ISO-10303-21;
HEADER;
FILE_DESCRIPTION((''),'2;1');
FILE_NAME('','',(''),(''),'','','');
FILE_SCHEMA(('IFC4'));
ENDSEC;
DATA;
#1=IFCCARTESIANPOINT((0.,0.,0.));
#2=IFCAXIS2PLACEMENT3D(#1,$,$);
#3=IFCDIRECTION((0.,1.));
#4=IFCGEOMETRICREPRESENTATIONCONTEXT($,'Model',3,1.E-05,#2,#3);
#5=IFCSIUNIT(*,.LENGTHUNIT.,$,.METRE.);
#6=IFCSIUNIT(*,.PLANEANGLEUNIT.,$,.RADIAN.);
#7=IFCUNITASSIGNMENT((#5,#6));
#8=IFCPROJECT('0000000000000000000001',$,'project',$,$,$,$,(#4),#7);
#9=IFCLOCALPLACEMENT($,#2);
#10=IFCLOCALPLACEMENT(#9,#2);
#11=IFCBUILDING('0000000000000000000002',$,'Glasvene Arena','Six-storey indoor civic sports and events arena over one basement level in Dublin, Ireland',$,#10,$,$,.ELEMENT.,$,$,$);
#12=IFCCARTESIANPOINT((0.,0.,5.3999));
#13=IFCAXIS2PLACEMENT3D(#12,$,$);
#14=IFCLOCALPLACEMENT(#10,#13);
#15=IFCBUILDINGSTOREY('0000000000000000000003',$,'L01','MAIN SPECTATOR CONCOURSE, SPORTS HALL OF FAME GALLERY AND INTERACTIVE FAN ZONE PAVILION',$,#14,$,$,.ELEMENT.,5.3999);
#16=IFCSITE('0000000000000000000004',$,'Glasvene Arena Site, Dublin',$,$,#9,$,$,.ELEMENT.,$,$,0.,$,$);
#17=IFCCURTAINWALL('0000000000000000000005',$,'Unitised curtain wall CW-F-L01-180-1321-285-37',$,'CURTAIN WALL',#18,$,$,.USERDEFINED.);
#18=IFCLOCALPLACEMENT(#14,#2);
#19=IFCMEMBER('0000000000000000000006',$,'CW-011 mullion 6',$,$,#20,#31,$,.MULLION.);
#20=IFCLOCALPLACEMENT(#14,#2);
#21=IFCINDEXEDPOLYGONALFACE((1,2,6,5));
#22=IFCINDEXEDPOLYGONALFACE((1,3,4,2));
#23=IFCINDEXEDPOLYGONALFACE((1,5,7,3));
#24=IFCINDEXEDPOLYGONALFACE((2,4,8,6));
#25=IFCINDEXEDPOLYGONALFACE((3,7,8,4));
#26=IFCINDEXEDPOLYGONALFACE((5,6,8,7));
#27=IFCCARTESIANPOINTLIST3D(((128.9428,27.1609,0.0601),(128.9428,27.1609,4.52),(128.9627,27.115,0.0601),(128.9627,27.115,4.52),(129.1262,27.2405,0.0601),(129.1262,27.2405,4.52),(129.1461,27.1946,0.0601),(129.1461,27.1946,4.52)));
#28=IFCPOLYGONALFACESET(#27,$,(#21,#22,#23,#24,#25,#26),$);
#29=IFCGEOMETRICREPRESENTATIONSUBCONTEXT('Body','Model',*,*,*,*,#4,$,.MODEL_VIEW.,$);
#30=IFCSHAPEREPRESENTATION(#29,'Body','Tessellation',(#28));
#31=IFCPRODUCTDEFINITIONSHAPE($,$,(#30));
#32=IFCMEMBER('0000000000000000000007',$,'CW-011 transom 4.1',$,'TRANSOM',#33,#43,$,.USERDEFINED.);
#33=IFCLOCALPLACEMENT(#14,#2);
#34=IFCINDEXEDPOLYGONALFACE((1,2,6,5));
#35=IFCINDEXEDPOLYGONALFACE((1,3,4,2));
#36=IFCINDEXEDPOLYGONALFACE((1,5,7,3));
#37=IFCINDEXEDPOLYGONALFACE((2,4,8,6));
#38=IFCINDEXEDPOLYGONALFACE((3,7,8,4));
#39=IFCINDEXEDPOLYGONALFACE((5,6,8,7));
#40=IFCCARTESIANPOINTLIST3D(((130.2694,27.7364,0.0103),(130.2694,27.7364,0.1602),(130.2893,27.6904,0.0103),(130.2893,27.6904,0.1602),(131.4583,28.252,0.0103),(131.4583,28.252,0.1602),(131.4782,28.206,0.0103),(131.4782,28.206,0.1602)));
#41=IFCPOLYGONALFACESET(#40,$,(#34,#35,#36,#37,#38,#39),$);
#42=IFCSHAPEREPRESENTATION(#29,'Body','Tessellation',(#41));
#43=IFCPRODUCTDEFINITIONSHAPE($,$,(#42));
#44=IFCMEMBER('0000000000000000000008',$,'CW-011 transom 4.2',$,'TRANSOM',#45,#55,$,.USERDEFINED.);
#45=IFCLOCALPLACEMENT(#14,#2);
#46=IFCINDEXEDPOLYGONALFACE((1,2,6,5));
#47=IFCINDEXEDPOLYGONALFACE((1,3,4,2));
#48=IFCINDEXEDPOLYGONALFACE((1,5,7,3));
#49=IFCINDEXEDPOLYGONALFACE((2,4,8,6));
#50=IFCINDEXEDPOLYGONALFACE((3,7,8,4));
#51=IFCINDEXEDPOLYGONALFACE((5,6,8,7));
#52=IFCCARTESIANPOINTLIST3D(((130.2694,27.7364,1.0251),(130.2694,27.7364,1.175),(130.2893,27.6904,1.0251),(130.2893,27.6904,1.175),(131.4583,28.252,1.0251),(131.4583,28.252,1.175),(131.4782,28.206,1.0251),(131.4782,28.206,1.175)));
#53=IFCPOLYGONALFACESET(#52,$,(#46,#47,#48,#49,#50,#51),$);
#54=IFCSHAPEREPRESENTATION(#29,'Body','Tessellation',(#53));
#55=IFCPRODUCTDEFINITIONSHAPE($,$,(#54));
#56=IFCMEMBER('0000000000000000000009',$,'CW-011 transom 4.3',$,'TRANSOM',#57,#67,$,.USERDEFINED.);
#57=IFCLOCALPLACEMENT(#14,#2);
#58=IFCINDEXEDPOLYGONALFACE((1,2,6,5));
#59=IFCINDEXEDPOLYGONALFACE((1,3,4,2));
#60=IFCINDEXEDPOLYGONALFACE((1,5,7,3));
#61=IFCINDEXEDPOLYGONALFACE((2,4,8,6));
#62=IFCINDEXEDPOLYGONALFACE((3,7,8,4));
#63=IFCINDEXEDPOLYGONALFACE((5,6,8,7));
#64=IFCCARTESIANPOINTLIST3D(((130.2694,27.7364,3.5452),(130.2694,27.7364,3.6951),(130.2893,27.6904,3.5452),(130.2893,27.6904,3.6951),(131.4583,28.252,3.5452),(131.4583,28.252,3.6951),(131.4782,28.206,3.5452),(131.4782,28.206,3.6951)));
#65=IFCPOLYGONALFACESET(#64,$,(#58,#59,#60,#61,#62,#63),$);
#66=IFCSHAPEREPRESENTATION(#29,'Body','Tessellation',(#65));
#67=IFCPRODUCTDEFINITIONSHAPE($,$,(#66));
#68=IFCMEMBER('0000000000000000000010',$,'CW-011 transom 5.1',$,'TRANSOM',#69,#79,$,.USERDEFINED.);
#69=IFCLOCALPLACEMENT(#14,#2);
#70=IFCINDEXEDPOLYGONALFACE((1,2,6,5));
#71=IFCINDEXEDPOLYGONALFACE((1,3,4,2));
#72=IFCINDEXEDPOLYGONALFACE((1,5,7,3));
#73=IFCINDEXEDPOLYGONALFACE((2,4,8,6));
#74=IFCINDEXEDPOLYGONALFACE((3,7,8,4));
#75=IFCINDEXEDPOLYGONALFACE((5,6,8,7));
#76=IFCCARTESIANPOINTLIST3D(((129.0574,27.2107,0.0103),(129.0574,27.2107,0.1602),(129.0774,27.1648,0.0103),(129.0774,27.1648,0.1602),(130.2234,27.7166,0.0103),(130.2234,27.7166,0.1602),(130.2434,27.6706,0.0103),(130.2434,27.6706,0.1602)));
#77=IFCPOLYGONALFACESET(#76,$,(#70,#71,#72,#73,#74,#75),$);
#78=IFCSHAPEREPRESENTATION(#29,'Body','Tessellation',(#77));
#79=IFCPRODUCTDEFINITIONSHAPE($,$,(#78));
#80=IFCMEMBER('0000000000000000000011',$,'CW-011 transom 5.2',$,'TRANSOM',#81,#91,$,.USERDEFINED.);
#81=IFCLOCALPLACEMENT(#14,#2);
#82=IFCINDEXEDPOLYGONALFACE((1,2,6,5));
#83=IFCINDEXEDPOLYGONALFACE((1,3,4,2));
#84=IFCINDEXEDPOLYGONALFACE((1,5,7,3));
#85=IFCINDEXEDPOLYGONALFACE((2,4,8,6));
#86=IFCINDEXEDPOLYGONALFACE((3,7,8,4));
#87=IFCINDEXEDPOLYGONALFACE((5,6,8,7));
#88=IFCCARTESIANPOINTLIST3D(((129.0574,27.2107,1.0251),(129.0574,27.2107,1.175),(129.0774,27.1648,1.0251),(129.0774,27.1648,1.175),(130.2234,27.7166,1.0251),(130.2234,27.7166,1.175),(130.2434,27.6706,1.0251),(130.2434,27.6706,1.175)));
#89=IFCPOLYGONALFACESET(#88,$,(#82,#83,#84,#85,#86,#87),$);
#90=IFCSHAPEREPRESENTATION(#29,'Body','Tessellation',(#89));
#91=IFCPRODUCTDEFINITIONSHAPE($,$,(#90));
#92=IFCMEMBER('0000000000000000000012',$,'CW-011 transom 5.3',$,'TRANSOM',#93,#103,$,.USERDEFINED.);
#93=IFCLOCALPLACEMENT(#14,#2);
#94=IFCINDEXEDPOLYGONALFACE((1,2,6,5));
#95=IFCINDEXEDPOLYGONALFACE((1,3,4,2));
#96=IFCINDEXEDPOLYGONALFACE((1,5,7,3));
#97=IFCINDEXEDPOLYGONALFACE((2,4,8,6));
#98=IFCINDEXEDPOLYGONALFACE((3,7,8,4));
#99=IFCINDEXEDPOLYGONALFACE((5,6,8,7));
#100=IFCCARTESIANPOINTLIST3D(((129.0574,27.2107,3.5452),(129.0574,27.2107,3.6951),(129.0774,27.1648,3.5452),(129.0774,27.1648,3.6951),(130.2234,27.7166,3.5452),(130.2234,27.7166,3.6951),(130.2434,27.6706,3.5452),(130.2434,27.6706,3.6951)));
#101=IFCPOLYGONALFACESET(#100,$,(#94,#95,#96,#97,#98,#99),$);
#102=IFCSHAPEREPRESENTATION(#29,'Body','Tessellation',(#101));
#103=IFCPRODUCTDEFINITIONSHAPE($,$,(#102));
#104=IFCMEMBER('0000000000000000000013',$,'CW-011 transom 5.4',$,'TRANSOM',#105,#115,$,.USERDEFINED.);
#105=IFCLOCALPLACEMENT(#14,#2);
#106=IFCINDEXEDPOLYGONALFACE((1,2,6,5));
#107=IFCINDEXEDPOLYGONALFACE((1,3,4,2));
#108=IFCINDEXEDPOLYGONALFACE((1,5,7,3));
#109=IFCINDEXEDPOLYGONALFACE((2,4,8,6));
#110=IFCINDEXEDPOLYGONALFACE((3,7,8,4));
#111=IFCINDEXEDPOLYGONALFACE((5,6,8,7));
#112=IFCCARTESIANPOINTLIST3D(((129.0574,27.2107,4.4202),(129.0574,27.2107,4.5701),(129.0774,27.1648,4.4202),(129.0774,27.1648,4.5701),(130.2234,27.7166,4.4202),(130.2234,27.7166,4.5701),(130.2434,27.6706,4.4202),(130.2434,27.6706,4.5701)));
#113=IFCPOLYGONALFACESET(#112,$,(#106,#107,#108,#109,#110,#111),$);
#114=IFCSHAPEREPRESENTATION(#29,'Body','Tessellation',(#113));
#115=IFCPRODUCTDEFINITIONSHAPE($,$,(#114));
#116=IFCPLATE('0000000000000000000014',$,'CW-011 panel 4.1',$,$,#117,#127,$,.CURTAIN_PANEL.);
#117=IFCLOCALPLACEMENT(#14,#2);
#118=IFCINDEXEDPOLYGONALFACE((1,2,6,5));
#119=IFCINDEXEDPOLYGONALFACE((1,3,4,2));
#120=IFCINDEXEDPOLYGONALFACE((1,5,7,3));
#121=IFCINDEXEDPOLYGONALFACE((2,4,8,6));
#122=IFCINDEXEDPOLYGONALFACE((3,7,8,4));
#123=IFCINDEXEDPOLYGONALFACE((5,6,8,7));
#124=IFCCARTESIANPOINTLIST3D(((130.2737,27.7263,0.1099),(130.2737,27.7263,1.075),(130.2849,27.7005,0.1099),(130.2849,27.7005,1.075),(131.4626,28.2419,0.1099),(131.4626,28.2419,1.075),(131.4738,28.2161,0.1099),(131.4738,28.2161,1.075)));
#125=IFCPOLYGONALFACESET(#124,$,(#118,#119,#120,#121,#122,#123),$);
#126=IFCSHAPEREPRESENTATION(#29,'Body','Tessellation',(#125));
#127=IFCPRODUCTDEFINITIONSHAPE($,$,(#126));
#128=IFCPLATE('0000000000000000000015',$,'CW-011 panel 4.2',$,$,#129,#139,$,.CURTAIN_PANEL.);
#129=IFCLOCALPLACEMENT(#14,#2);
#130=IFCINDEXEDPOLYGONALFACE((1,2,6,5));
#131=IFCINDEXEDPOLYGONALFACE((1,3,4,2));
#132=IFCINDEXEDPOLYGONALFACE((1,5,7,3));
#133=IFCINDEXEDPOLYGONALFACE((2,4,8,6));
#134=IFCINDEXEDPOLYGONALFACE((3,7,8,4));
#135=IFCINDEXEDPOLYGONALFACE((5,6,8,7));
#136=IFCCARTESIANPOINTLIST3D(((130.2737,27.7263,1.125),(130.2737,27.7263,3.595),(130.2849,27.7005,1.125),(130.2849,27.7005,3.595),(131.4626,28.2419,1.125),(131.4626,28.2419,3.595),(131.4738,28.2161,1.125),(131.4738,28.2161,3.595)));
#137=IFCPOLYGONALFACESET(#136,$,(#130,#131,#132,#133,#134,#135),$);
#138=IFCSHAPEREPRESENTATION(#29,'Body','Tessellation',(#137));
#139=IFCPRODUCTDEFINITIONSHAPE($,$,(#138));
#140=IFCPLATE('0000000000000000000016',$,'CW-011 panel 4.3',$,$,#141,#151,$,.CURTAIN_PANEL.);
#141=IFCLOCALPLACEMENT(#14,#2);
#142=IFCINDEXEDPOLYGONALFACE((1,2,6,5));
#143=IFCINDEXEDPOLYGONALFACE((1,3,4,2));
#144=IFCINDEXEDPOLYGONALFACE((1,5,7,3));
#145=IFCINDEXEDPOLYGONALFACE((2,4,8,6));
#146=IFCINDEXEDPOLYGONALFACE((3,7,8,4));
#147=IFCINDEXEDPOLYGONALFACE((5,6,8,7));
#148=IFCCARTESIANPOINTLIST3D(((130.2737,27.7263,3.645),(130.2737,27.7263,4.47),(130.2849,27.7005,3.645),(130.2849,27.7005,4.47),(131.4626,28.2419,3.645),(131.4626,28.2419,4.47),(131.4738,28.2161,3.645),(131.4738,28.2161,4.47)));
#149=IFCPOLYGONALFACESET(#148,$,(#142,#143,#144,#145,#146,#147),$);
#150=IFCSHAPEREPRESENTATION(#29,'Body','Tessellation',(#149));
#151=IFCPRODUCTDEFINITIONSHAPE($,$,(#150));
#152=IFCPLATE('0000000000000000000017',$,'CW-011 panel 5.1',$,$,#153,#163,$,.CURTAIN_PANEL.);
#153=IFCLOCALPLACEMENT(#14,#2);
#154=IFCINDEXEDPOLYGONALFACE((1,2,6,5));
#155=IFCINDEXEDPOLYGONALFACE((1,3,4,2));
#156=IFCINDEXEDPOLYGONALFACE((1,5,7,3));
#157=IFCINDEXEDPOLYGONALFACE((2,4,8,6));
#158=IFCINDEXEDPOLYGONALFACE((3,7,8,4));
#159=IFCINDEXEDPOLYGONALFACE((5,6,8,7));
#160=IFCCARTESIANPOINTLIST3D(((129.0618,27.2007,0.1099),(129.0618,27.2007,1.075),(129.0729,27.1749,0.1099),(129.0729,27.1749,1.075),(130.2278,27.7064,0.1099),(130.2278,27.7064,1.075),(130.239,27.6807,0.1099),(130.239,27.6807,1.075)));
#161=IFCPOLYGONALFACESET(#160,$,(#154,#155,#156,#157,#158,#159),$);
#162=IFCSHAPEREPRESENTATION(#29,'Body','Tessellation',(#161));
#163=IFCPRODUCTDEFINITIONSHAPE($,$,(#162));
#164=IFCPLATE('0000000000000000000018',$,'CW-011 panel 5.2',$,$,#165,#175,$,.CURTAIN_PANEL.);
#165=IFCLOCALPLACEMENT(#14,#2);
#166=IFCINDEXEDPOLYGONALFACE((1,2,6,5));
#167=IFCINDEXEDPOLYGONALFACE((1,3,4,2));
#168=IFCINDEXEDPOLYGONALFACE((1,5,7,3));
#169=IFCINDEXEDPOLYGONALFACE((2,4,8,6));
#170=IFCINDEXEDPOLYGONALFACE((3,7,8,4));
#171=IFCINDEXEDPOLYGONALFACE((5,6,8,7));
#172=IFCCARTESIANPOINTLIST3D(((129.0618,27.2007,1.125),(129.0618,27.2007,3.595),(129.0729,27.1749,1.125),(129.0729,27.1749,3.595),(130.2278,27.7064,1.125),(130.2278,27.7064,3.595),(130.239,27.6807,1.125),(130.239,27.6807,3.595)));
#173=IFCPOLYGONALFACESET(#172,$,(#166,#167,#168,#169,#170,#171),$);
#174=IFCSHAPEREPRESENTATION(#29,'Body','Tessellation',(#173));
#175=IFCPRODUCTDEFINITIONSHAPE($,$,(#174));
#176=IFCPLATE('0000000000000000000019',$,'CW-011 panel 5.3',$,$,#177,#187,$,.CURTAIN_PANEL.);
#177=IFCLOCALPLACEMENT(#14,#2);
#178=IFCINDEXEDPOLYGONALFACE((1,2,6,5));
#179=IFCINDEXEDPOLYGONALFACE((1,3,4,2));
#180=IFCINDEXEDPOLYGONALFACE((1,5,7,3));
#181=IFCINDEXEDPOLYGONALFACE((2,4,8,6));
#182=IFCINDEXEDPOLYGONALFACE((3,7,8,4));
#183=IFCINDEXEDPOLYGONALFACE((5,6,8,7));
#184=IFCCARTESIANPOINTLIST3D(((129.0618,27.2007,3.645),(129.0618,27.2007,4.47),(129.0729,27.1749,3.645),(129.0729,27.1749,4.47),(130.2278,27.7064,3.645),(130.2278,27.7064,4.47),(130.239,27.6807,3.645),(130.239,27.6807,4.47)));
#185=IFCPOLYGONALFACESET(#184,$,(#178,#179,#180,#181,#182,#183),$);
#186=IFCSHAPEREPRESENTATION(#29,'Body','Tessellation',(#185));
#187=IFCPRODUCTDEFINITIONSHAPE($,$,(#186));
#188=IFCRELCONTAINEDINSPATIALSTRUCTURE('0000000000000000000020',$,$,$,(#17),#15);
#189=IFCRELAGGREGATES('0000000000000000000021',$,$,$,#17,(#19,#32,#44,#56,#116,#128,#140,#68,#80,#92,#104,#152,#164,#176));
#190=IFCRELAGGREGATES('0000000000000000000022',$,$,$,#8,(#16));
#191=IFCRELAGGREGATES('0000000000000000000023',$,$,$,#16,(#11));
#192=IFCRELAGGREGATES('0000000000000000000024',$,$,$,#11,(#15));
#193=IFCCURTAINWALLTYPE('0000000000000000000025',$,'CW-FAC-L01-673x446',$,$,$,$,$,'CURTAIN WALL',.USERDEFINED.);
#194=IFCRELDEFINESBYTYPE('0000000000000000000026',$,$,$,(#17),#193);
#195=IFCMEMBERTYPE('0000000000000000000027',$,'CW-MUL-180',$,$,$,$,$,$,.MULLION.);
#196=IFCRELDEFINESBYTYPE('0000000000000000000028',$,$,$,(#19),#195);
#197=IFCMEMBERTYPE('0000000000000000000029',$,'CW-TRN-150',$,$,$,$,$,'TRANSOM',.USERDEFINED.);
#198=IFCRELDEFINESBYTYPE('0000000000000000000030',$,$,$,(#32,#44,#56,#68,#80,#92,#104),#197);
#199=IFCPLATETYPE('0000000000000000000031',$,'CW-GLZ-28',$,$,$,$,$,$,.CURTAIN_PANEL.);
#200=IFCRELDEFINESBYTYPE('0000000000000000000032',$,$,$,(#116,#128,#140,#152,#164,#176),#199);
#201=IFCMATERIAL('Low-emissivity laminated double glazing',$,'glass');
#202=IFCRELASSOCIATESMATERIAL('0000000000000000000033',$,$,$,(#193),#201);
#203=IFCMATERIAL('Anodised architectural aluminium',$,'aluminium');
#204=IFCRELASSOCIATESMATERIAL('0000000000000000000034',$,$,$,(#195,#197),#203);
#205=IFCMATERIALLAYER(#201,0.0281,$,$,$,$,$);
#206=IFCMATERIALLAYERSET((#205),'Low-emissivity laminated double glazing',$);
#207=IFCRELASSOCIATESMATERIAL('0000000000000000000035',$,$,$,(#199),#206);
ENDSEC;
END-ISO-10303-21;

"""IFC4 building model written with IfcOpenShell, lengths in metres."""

from ifc_helpers import new_model, si_unit, direction, frame, origin, origin_2d, place, context, subcontext, project, spatial, rectangle, extrude, material, layer, layer_set, material_profile, profile_set, type_object, element, aggregate, save


model = new_model("IFC4")

# Units and contexts
model_context = context("Model", 3, precision=1e-05, world=origin(), true_north=direction((0.0, 1.0)))
body_context = subcontext(model_context, "Body", "Model", "MODEL_VIEW")
ifc_project = project(units=[si_unit("LENGTHUNIT", "METRE"), si_unit("PLANEANGLEUNIT", "RADIAN")], contexts=[model_context])

# Site, building, storey
site_placement = place(None, origin())
site = spatial("IfcSite", under=ifc_project, at=site_placement, Name="Glasvene Arena Site, Dublin", CompositionType="ELEMENT", RefElevation=0.0)
building_placement = place(site_placement, origin())
building = spatial("IfcBuilding", under=site, at=building_placement, Name="Glasvene Arena", Description="Six-storey indoor civic sports and events arena over one basement level in Dublin, Ireland", CompositionType="ELEMENT")
storey_placement = place(building_placement, frame((0.0, 0.0, 5.3999)))
storey = spatial("IfcBuildingStorey", under=building, at=storey_placement, Name="L01", Description="MAIN SPECTATOR CONCOURSE, SPORTS HALL OF FAME GALLERY AND INTERACTIVE FAN ZONE PAVILION", CompositionType="ELEMENT", Elevation=5.3999)

# Curtain wall, members, plates
ifc_material_1 = material(Name="Low-emissivity laminated double glazing", Category="glass")
curtain_wall_type = type_object("IfcCurtainWallType", Name="CW-FAC-L01-673x446", ElementType="CURTAIN WALL", PredefinedType="USERDEFINED", material=ifc_material_1)
curtain_wall_placement = place(storey_placement, frame((135.1958, 29.8457, 0.0)))
curtain_wall = element("IfcCurtainWall", 1, at=curtain_wall_placement, inside=storey, type_object=curtain_wall_type, Name="Unitised curtain wall CW-F-L01-180-1321-285-37", ObjectType="CURTAIN WALL", PredefinedType="USERDEFINED")
ifc_material_2 = material(Name="Anodised architectural aluminium", Category="aluminium")
ifc_material_profile_1 = material_profile(ifc_material_2, rectangle(XDim=0.05, YDim=0.2, at=origin_2d()), Name="ALU MULLION 50x200")
ifc_profile_set_1 = profile_set([ifc_material_profile_1], Name="Anodised architectural aluminium")
member_type_1 = type_object("IfcMemberType", Name="CW-MUL-180", PredefinedType="MULLION", material=ifc_profile_set_1)
member_1_placement = place(storey_placement, frame((129.0444, 27.1777, 0.0601), z_axis=(0.0, 0.0, 1.0), x_axis=(0.39789, -0.917433, 0.0)))
member_1 = element("IfcMember", 2, at=member_1_placement, type_object=member_type_1, Name="CW-011 mullion 6", PredefinedType="MULLION", context=body_context, shape_type="SweptSolid", body=[
    extrude(rectangle(XDim=0.05, YDim=0.2, at=origin_2d()), origin(), (0.0, 0.0, 1.0), 4.46),
])
ifc_material_profile_2 = material_profile(ifc_material_2, rectangle(XDim=0.05, YDim=0.1499, at=origin_2d()), Name="ALU TRANSOM 50x150")
ifc_profile_set_2 = profile_set([ifc_material_profile_2], Name="Anodised architectural aluminium")
member_type_2 = type_object("IfcMemberType", Name="CW-TRN-150", ElementType="TRANSOM", PredefinedType="USERDEFINED", material=ifc_profile_set_2)
member_2_placement = place(storey_placement, frame((131.4683, 28.229, 0.0852), z_axis=(-0.917441, -0.397872, 0.0), x_axis=(0.397872, -0.917441, 0.0)))
member_2 = element("IfcMember", 3, at=member_2_placement, type_object=member_type_2, Name="CW-011 transom 4.1", ObjectType="TRANSOM", PredefinedType="USERDEFINED", context=body_context, shape_type="SweptSolid", body=[
    extrude(rectangle(XDim=0.05, YDim=0.1499, at=origin_2d()), origin(), (0.0, 0.0, 1.0), 1.2959),
])
member_3_placement = place(storey_placement, frame((131.4683, 28.229, 1.1001), z_axis=(-0.917441, -0.397872, 0.0), x_axis=(0.397872, -0.917441, 0.0)))
member_3 = element("IfcMember", 4, at=member_3_placement, type_object=member_type_2, Name="CW-011 transom 4.2", ObjectType="TRANSOM", PredefinedType="USERDEFINED", context=body_context, shape_type="SweptSolid", body=[
    extrude(rectangle(XDim=0.05, YDim=0.1499, at=origin_2d()), origin(), (0.0, 0.0, 1.0), 1.2959),
])
member_4_placement = place(storey_placement, frame((131.4683, 28.229, 3.6201), z_axis=(-0.917441, -0.397872, 0.0), x_axis=(0.397872, -0.917441, 0.0)))
member_4 = element("IfcMember", 5, at=member_4_placement, type_object=member_type_2, Name="CW-011 transom 4.3", ObjectType="TRANSOM", PredefinedType="USERDEFINED", context=body_context, shape_type="SweptSolid", body=[
    extrude(rectangle(XDim=0.05, YDim=0.1499, at=origin_2d()), origin(), (0.0, 0.0, 1.0), 1.2959),
])
member_5_placement = place(storey_placement, frame((130.2334, 27.6936, 0.0852), z_axis=(-0.917387, -0.397996, 0.0), x_axis=(0.397996, -0.917387, 0.0)))
member_5 = element("IfcMember", 6, at=member_5_placement, type_object=member_type_2, Name="CW-011 transom 5.1", ObjectType="TRANSOM", PredefinedType="USERDEFINED", context=body_context, shape_type="SweptSolid", body=[
    extrude(rectangle(XDim=0.05, YDim=0.1499, at=origin_2d()), origin(), (0.0, 0.0, 1.0), 1.271),
])
member_6_placement = place(storey_placement, frame((130.2334, 27.6936, 1.1001), z_axis=(-0.917387, -0.397996, 0.0), x_axis=(0.397996, -0.917387, 0.0)))
member_6 = element("IfcMember", 7, at=member_6_placement, type_object=member_type_2, Name="CW-011 transom 5.2", ObjectType="TRANSOM", PredefinedType="USERDEFINED", context=body_context, shape_type="SweptSolid", body=[
    extrude(rectangle(XDim=0.05, YDim=0.1499, at=origin_2d()), origin(), (0.0, 0.0, 1.0), 1.271),
])
member_7_placement = place(storey_placement, frame((130.2334, 27.6936, 3.6201), z_axis=(-0.917387, -0.397996, 0.0), x_axis=(0.397996, -0.917387, 0.0)))
member_7 = element("IfcMember", 8, at=member_7_placement, type_object=member_type_2, Name="CW-011 transom 5.3", ObjectType="TRANSOM", PredefinedType="USERDEFINED", context=body_context, shape_type="SweptSolid", body=[
    extrude(rectangle(XDim=0.05, YDim=0.1499, at=origin_2d()), origin(), (0.0, 0.0, 1.0), 1.271),
])
member_8_placement = place(storey_placement, frame((130.2334, 27.6936, 4.4951), z_axis=(-0.917387, -0.397996, 0.0), x_axis=(0.397996, -0.917387, 0.0)))
member_8 = element("IfcMember", 9, at=member_8_placement, type_object=member_type_2, Name="CW-011 transom 5.4", ObjectType="TRANSOM", PredefinedType="USERDEFINED", context=body_context, shape_type="SweptSolid", body=[
    extrude(rectangle(XDim=0.05, YDim=0.1499, at=origin_2d()), origin(), (0.0, 0.0, 1.0), 1.271),
])
ifc_layer_1 = layer(ifc_material_1, 0.0281)
ifc_layer_set_1 = layer_set([ifc_layer_1], Name="Low-emissivity laminated double glazing")
plate_type = type_object("IfcPlateType", Name="CW-GLZ-28", PredefinedType="CURTAIN_PANEL", material=ifc_layer_set_1)
plate_1_placement = place(storey_placement, frame((130.8738, 27.9712, 0.1099), z_axis=(0.0, 0.0, 1.0), x_axis=(-0.917433, -0.39789, 0.0)))
plate_1 = element("IfcPlate", 10, at=plate_1_placement, type_object=plate_type, Name="CW-011 panel 4.1", PredefinedType="CURTAIN_PANEL", context=body_context, shape_type="SweptSolid", body=[
    extrude(rectangle(XDim=1.2959, YDim=0.0281, at=origin_2d()), origin(), (0.0, 0.0, 1.0), 0.9651),
])
plate_2_placement = place(storey_placement, frame((130.8738, 27.9712, 1.125), z_axis=(0.0, 0.0, 1.0), x_axis=(-0.917433, -0.39789, 0.0)))
plate_2 = element("IfcPlate", 11, at=plate_2_placement, type_object=plate_type, Name="CW-011 panel 4.2", PredefinedType="CURTAIN_PANEL", context=body_context, shape_type="SweptSolid", body=[
    extrude(rectangle(XDim=1.2959, YDim=0.0281, at=origin_2d()), origin(), (0.0, 0.0, 1.0), 2.47),
])
plate_3_placement = place(storey_placement, frame((130.8738, 27.9712, 3.645), z_axis=(0.0, 0.0, 1.0), x_axis=(-0.917433, -0.39789, 0.0)))
plate_3 = element("IfcPlate", 12, at=plate_3_placement, type_object=plate_type, Name="CW-011 panel 4.3", PredefinedType="CURTAIN_PANEL", context=body_context, shape_type="SweptSolid", body=[
    extrude(rectangle(XDim=1.2959, YDim=0.0281, at=origin_2d()), origin(), (0.0, 0.0, 1.0), 0.825),
])
plate_4_placement = place(storey_placement, frame((129.6504, 27.4407, 0.1099), z_axis=(0.0, 0.0, 1.0), x_axis=(-0.917433, -0.39789, 0.0)))
plate_4 = element("IfcPlate", 13, at=plate_4_placement, type_object=plate_type, Name="CW-011 panel 5.1", PredefinedType="CURTAIN_PANEL", context=body_context, shape_type="SweptSolid", body=[
    extrude(rectangle(XDim=1.271, YDim=0.0281, at=origin_2d()), origin(), (0.0, 0.0, 1.0), 0.9651),
])
plate_5_placement = place(storey_placement, frame((129.6504, 27.4407, 1.125), z_axis=(0.0, 0.0, 1.0), x_axis=(-0.917433, -0.39789, 0.0)))
plate_5 = element("IfcPlate", 14, at=plate_5_placement, type_object=plate_type, Name="CW-011 panel 5.2", PredefinedType="CURTAIN_PANEL", context=body_context, shape_type="SweptSolid", body=[
    extrude(rectangle(XDim=1.271, YDim=0.0281, at=origin_2d()), origin(), (0.0, 0.0, 1.0), 2.47),
])
plate_6_placement = place(storey_placement, frame((129.6504, 27.4407, 3.645), z_axis=(0.0, 0.0, 1.0), x_axis=(-0.917433, -0.39789, 0.0)))
plate_6 = element("IfcPlate", 15, at=plate_6_placement, type_object=plate_type, Name="CW-011 panel 5.3", PredefinedType="CURTAIN_PANEL", context=body_context, shape_type="SweptSolid", body=[
    extrude(rectangle(XDim=1.271, YDim=0.0281, at=origin_2d()), origin(), (0.0, 0.0, 1.0), 0.825),
])
aggregate(curtain_wall, [member_1, member_2, member_3, member_4, plate_1, plate_2, plate_3, member_5, member_6, member_7, member_8, plate_4, plate_5, plate_6])

save(model, "model.ifc")
